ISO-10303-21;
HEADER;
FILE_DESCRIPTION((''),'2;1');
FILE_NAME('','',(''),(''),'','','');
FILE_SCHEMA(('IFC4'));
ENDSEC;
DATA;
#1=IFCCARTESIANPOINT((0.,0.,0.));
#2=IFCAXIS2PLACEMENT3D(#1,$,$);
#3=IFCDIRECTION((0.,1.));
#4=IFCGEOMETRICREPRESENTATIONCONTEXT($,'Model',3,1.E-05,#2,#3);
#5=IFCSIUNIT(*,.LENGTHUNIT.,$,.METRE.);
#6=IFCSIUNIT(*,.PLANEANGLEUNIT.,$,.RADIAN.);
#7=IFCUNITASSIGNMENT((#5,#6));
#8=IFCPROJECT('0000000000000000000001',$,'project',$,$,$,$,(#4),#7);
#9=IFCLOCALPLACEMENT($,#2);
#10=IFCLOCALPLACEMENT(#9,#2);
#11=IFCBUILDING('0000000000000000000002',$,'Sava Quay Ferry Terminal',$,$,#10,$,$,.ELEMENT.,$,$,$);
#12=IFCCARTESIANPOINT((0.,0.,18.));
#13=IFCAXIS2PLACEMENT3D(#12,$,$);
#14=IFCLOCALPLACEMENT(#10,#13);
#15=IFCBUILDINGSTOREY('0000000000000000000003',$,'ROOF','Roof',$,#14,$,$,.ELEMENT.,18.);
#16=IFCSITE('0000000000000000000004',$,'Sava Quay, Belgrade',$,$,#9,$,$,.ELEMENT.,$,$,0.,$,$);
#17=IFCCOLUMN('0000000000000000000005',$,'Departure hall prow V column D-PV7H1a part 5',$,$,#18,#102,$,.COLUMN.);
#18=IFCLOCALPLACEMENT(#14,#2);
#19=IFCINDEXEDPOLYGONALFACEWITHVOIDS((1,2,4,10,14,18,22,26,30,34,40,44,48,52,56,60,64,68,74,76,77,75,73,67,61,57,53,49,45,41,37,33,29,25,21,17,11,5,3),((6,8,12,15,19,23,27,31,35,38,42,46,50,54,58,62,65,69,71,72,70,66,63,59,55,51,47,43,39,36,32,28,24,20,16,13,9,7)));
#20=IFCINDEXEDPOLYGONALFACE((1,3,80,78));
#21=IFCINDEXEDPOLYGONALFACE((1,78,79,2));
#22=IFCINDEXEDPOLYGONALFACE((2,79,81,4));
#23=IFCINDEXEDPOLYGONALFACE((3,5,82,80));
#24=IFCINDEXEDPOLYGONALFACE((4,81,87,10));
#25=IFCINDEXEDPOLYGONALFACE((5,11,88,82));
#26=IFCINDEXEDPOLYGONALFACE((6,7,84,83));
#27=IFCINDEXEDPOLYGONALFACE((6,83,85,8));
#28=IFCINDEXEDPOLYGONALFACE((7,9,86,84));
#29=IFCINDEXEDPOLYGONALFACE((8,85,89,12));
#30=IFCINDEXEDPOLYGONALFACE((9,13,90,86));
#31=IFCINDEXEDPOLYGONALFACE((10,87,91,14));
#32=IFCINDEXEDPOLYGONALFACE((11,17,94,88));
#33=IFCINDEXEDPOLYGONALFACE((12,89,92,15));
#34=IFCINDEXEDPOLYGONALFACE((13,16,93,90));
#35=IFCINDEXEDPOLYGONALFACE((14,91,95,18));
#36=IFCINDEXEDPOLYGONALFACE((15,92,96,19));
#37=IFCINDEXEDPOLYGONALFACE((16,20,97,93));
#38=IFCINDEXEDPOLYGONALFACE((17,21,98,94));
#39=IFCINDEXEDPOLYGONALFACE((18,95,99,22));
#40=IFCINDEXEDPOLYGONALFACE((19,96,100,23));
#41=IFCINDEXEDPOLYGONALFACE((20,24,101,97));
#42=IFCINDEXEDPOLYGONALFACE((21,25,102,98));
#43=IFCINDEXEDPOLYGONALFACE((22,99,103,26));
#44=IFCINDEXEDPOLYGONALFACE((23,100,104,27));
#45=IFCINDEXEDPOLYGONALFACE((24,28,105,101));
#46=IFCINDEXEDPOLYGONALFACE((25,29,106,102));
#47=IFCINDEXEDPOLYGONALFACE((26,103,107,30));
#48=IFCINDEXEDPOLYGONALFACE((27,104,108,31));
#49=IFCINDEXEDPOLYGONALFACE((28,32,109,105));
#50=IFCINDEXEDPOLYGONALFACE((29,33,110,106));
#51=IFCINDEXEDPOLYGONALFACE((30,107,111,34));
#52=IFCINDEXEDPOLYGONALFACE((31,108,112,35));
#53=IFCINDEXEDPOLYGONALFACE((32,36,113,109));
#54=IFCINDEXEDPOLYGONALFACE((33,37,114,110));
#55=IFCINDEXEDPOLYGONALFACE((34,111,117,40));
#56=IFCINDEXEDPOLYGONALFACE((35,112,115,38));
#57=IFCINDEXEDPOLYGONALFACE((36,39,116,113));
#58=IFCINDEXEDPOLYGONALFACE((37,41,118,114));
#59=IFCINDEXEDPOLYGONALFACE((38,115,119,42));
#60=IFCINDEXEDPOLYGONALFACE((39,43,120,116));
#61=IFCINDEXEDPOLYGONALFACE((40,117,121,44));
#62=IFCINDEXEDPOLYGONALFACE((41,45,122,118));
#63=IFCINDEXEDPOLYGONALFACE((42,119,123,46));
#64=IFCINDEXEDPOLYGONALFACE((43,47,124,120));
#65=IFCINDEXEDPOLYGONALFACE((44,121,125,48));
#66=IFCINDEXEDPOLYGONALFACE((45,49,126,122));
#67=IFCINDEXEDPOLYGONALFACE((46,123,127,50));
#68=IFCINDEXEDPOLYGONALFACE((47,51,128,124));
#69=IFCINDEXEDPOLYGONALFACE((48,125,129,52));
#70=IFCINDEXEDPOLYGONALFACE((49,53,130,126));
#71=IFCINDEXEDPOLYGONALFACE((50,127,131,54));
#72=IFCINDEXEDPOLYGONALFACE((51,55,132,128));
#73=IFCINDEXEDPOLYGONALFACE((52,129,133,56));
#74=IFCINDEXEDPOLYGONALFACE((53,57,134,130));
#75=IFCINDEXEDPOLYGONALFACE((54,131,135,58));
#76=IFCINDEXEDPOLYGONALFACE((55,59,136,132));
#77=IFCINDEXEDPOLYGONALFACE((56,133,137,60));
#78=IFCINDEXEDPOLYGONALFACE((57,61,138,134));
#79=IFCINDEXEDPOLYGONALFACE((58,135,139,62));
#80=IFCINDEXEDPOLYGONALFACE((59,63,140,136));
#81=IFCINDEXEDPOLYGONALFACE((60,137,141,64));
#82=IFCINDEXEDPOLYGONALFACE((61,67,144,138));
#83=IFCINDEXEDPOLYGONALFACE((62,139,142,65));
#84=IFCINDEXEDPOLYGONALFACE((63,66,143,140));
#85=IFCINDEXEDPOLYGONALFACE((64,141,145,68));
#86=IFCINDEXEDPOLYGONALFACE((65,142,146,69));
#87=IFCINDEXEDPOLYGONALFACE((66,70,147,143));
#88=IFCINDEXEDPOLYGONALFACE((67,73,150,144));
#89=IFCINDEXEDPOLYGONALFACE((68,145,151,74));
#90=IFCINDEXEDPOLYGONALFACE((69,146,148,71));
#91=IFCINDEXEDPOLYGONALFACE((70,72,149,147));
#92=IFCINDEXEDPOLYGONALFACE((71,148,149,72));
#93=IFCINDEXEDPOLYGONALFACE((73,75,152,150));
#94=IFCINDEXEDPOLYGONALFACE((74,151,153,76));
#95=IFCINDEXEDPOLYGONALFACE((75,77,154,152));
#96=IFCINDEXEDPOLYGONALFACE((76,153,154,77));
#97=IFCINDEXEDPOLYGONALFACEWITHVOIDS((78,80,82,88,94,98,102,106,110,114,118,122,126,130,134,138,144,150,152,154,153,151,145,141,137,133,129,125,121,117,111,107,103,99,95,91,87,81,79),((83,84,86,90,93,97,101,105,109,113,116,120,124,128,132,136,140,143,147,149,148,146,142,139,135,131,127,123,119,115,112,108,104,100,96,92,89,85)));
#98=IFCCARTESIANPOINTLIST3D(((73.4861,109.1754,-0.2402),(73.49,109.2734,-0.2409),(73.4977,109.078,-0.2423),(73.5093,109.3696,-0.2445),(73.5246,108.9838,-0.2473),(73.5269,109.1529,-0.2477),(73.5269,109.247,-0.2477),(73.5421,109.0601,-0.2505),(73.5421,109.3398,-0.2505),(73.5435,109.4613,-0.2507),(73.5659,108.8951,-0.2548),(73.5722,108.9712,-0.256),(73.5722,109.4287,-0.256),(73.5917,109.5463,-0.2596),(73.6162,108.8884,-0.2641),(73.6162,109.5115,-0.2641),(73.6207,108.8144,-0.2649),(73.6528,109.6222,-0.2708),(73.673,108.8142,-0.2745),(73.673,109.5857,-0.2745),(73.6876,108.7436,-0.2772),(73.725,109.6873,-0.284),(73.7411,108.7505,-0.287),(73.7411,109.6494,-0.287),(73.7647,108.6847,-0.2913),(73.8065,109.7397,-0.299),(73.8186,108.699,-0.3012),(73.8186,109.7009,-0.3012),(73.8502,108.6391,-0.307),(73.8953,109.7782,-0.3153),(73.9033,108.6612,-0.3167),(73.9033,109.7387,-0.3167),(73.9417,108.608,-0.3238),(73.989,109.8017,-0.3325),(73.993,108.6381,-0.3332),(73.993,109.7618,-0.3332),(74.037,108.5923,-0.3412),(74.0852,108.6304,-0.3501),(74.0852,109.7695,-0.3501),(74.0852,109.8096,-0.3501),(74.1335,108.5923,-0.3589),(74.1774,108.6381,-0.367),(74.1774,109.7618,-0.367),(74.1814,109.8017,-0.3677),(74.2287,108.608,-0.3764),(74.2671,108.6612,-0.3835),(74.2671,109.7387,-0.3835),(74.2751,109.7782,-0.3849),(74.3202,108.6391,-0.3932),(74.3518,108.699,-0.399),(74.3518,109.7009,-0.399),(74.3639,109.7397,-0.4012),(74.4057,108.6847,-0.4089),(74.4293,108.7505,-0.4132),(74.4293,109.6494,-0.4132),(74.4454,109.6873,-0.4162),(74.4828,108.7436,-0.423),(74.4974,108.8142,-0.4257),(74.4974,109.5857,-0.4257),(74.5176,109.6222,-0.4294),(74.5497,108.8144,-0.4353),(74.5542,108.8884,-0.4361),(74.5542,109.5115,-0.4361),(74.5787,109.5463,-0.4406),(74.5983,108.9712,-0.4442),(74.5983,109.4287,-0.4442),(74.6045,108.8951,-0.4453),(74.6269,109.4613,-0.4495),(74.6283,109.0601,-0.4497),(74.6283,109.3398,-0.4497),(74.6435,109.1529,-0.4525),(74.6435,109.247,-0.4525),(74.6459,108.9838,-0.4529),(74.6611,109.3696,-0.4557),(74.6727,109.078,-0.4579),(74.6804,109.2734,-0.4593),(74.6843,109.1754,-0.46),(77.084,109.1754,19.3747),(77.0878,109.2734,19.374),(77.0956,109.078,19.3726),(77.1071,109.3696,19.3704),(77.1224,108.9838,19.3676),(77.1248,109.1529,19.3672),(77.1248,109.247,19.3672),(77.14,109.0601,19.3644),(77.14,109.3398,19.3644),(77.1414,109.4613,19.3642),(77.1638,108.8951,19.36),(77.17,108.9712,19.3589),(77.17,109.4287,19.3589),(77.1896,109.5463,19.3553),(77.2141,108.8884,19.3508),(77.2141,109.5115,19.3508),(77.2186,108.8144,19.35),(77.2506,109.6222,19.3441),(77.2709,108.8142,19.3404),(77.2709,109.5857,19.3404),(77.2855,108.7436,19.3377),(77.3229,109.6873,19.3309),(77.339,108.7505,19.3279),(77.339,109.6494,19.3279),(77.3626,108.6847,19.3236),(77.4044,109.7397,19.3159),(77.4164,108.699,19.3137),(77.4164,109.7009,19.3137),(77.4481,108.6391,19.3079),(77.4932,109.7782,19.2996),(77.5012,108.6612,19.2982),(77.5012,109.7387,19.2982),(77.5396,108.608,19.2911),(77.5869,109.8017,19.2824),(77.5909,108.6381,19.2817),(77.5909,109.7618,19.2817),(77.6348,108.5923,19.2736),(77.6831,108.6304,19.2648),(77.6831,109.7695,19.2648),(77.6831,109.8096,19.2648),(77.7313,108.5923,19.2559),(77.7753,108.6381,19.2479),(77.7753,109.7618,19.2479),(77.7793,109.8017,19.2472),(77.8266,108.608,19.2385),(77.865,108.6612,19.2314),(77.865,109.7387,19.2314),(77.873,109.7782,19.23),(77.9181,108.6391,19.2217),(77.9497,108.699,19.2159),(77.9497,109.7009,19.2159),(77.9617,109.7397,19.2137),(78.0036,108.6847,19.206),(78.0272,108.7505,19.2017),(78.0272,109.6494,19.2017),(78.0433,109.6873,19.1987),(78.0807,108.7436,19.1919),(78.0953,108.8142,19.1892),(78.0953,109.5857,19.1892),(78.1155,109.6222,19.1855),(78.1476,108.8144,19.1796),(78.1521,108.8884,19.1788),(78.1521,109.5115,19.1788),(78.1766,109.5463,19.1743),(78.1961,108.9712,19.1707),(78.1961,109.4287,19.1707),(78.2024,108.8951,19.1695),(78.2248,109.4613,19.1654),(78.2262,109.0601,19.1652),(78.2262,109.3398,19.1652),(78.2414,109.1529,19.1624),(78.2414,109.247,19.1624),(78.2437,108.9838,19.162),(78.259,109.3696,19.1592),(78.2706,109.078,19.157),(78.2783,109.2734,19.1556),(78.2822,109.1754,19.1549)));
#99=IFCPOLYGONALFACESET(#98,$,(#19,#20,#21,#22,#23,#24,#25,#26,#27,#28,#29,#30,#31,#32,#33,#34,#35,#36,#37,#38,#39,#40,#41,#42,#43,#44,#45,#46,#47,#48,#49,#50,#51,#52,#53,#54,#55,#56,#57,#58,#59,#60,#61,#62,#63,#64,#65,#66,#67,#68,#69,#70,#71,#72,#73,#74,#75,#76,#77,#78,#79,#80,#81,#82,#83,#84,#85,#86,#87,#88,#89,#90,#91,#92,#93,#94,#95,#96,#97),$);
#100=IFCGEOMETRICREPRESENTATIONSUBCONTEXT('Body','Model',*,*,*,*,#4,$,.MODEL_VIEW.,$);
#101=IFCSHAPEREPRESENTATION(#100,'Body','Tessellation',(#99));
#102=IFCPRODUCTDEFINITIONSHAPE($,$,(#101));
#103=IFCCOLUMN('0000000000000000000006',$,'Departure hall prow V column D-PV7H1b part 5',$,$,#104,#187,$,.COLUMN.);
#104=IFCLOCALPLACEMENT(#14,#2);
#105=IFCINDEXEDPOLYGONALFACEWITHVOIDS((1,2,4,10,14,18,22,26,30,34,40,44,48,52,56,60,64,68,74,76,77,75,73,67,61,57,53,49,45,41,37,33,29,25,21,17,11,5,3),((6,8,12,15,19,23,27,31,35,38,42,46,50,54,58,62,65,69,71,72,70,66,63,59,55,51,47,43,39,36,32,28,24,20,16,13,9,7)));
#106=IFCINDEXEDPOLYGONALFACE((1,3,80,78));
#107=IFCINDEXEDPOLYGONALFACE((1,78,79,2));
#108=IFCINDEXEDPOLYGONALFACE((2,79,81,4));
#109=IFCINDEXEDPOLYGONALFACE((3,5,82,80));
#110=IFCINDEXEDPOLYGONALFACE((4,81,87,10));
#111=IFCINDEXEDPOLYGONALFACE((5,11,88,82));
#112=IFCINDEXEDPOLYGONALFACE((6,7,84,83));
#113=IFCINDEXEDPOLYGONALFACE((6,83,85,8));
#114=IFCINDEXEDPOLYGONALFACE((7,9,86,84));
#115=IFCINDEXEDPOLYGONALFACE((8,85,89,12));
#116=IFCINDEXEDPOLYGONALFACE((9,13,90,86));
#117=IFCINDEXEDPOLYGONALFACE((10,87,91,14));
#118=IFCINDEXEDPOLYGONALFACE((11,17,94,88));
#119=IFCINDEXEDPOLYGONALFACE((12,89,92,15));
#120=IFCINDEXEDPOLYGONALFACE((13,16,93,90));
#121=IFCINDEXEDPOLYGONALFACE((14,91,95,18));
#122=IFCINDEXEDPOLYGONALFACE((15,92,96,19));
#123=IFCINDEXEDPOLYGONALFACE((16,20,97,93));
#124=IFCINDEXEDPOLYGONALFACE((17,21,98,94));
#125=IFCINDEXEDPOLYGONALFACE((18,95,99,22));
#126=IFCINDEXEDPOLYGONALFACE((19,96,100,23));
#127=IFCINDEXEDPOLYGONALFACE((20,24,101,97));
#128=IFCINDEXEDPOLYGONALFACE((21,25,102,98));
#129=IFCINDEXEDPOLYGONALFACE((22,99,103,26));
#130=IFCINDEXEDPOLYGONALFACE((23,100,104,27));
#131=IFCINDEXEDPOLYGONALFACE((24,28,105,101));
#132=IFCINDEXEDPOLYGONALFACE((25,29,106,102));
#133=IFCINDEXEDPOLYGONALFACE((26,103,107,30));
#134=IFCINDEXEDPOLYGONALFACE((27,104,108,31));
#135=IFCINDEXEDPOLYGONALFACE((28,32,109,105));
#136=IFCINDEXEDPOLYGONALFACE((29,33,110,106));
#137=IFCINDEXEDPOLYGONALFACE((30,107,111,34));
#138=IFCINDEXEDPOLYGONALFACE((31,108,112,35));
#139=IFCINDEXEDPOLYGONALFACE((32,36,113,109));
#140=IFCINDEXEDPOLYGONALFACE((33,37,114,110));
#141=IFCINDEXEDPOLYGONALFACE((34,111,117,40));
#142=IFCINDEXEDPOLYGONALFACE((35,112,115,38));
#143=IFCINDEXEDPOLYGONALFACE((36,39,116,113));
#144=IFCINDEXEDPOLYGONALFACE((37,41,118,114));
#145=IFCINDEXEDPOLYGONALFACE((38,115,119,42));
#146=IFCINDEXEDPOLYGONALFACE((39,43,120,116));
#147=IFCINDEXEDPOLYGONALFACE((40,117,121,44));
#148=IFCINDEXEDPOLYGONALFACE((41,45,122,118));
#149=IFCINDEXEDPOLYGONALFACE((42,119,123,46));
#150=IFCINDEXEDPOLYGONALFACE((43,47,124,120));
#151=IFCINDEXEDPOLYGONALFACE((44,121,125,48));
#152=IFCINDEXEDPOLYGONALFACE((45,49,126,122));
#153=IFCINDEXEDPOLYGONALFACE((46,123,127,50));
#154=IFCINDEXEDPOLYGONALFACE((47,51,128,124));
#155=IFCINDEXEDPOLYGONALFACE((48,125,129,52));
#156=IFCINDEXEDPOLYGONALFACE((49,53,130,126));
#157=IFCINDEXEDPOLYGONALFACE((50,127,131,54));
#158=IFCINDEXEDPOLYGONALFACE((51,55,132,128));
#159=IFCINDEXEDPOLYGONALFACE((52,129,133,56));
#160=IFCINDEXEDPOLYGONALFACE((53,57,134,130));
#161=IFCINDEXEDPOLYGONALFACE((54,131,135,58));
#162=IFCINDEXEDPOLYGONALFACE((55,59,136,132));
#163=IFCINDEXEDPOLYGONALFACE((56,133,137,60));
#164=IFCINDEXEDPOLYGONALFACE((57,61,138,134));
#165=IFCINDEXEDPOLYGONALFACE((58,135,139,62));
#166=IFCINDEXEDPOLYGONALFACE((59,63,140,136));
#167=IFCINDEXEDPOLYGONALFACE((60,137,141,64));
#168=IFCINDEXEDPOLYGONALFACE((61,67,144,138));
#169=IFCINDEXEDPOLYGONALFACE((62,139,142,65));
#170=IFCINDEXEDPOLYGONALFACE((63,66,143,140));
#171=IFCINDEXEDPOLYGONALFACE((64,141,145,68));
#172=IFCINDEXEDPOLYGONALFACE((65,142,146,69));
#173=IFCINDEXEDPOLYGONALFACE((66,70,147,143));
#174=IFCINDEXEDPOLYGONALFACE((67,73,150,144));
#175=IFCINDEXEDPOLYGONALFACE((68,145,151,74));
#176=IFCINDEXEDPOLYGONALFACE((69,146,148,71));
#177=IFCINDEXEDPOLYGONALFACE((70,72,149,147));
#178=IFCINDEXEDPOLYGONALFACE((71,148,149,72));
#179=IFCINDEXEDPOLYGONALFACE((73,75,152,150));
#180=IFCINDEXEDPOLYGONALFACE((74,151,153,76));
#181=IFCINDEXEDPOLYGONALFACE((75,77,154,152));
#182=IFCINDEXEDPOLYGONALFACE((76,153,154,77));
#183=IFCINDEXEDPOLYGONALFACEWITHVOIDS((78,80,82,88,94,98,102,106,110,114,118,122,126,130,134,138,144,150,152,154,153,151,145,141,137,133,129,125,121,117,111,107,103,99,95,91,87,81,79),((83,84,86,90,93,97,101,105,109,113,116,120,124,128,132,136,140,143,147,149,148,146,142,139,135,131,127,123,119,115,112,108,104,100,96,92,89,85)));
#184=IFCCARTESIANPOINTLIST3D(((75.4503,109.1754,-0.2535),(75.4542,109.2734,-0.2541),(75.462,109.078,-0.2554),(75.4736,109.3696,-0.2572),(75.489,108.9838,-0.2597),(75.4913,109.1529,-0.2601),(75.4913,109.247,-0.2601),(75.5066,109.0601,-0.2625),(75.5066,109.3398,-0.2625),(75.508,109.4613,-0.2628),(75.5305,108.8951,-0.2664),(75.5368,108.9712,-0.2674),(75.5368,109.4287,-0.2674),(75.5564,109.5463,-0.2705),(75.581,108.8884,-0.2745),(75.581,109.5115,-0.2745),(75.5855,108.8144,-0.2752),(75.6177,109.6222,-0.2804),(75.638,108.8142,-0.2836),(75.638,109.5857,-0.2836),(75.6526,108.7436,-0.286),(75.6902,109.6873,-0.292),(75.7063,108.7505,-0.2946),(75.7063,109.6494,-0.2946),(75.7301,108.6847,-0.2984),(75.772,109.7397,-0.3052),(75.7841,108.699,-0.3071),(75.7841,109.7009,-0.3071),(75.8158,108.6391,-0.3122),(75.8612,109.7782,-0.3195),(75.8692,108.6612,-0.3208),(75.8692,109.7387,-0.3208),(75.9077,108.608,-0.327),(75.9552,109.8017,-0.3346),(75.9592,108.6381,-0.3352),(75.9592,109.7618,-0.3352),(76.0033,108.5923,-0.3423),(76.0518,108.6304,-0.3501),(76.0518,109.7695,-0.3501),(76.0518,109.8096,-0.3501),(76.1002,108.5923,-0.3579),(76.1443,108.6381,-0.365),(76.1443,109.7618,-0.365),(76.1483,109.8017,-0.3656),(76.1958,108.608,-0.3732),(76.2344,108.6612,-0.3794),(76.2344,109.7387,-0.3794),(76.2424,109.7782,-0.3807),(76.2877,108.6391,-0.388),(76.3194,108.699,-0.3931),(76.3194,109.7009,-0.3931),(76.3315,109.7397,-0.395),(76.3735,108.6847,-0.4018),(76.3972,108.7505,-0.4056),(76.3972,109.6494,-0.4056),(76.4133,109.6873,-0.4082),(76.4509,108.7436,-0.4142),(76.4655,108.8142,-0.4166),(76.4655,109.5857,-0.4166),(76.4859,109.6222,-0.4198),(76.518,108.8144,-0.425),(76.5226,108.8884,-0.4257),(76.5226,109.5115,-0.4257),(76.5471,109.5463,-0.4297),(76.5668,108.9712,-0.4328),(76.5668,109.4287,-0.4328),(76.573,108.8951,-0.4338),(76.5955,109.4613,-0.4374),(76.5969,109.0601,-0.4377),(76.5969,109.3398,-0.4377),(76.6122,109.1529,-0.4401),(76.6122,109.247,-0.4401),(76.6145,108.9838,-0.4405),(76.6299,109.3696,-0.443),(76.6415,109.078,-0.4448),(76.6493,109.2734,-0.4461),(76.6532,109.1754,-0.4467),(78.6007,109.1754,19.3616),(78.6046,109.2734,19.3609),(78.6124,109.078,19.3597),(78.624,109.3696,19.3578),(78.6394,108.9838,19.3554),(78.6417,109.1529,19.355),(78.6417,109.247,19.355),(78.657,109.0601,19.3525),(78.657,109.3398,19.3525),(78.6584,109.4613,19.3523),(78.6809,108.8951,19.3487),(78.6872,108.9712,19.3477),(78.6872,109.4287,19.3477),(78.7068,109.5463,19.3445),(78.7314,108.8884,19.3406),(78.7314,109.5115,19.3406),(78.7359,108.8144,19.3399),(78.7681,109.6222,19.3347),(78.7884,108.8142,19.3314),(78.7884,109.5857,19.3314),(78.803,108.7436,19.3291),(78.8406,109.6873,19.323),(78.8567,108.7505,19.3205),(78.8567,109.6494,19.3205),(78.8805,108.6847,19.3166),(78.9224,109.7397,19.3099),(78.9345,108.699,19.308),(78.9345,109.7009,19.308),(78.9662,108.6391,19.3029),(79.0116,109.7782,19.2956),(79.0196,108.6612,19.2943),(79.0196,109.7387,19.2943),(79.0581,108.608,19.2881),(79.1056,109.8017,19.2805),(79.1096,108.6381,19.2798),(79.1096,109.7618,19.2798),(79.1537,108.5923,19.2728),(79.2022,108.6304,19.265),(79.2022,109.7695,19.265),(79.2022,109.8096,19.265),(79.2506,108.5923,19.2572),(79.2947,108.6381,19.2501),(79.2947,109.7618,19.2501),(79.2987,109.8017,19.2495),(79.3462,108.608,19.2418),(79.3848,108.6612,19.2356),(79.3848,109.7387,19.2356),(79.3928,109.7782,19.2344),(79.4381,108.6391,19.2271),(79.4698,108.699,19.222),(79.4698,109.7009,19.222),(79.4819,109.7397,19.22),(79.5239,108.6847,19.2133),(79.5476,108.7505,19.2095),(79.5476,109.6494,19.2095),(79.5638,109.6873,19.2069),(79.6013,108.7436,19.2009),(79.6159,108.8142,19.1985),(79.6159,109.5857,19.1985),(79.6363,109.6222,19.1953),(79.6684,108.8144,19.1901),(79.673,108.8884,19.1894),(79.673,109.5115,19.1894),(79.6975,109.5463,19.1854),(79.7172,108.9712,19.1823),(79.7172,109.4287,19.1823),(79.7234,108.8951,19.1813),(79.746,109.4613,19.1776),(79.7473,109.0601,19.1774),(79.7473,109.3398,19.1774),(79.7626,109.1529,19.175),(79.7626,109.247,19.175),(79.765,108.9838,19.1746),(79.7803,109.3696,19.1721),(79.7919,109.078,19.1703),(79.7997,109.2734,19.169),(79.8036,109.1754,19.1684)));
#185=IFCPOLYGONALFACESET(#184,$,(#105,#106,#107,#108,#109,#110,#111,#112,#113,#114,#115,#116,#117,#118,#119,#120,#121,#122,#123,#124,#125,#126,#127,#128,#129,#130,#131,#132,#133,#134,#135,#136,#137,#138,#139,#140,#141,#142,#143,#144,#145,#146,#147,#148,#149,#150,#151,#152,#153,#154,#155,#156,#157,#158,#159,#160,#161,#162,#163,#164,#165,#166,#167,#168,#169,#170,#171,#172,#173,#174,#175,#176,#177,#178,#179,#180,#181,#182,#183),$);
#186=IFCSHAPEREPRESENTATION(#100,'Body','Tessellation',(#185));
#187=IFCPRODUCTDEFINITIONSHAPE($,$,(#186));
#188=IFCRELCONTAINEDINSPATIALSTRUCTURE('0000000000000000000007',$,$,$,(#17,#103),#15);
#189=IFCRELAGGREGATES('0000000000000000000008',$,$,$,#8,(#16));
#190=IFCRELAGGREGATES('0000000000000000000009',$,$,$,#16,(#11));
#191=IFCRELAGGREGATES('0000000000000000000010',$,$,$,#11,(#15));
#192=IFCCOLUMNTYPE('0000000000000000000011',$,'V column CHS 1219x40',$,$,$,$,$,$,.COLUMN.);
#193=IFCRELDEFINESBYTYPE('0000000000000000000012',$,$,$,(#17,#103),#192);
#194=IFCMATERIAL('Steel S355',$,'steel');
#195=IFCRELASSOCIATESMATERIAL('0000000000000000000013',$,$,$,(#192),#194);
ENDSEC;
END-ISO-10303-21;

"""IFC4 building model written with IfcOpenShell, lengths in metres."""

from ifc_helpers import new_model, si_unit, direction, frame, origin, origin_2d, place, context, subcontext, project, spatial, hollow_circle, extrude, material, material_profile, profile_set, type_object, element, save


model = new_model("IFC4")

# Units and contexts
model_context = context("Model", 3, precision=1e-05, world=origin(), true_north=direction((0.0, 1.0)))
body_context = subcontext(model_context, "Body", "Model", "MODEL_VIEW")
ifc_project = project(units=[si_unit("LENGTHUNIT", "METRE"), si_unit("PLANEANGLEUNIT", "RADIAN")], contexts=[model_context])

# Site, building, storey
site_placement = place(None, origin())
site = spatial("IfcSite", under=ifc_project, at=site_placement, Name="Sava Quay, Belgrade", CompositionType="ELEMENT", RefElevation=0.0)
building_placement = place(site_placement, origin())
building = spatial("IfcBuilding", under=site, at=building_placement, Name="Sava Quay Ferry Terminal", CompositionType="ELEMENT")
storey_placement = place(building_placement, frame((0.0, 0.0, 18.0)))
storey = spatial("IfcBuildingStorey", under=building, at=storey_placement, Name="ROOF", Description="Roof", CompositionType="ELEMENT", Elevation=18.0)

# Columns
ifc_material_1 = material(Name="Steel S355", Category="steel")
ifc_material_profile_1 = material_profile(ifc_material_1, hollow_circle(Radius=0.6096, WallThickness=0.04, at=origin_2d()), Name="CHS 1219 x 40.0")
ifc_profile_set_1 = profile_set([ifc_material_profile_1], Name="Steel S355")
column_type_1 = type_object("IfcColumnType", Name="V column CHS 1219x40", PredefinedType="COLUMN", material=ifc_profile_set_1)
column_1_placement = place(storey_placement, frame((74.0852, 109.2, -0.3501), z_axis=(0.180416, 0.0, 0.98359), x_axis=(0.0, 1.0, 0.0)))
element("IfcColumn", 1, at=column_1_placement, inside=storey, type_object=column_type_1, Name="Departure hall prow V column D-PV7H1a part 5", PredefinedType="COLUMN", context=body_context, shape_type="SweptSolid", body=[
    extrude(hollow_circle(Radius=0.6096, WallThickness=0.04, at=origin_2d()), origin(), (0.0, 0.0, 1.0), 19.9421),
])
column_2_placement = place(storey_placement, frame((76.0518, 109.2, -0.3501), z_axis=(0.158579, 0.0, 0.987346), x_axis=(0.0, 1.0, 0.0)))
element("IfcColumn", 2, at=column_2_placement, inside=storey, type_object=column_type_1, Name="Departure hall prow V column D-PV7H1b part 5", PredefinedType="COLUMN", context=body_context, shape_type="SweptSolid", body=[
    extrude(hollow_circle(Radius=0.6096, WallThickness=0.04, at=origin_2d()), origin(), (0.0, 0.0, 1.0), 19.8665),
])

save(model, "model.ifc")
